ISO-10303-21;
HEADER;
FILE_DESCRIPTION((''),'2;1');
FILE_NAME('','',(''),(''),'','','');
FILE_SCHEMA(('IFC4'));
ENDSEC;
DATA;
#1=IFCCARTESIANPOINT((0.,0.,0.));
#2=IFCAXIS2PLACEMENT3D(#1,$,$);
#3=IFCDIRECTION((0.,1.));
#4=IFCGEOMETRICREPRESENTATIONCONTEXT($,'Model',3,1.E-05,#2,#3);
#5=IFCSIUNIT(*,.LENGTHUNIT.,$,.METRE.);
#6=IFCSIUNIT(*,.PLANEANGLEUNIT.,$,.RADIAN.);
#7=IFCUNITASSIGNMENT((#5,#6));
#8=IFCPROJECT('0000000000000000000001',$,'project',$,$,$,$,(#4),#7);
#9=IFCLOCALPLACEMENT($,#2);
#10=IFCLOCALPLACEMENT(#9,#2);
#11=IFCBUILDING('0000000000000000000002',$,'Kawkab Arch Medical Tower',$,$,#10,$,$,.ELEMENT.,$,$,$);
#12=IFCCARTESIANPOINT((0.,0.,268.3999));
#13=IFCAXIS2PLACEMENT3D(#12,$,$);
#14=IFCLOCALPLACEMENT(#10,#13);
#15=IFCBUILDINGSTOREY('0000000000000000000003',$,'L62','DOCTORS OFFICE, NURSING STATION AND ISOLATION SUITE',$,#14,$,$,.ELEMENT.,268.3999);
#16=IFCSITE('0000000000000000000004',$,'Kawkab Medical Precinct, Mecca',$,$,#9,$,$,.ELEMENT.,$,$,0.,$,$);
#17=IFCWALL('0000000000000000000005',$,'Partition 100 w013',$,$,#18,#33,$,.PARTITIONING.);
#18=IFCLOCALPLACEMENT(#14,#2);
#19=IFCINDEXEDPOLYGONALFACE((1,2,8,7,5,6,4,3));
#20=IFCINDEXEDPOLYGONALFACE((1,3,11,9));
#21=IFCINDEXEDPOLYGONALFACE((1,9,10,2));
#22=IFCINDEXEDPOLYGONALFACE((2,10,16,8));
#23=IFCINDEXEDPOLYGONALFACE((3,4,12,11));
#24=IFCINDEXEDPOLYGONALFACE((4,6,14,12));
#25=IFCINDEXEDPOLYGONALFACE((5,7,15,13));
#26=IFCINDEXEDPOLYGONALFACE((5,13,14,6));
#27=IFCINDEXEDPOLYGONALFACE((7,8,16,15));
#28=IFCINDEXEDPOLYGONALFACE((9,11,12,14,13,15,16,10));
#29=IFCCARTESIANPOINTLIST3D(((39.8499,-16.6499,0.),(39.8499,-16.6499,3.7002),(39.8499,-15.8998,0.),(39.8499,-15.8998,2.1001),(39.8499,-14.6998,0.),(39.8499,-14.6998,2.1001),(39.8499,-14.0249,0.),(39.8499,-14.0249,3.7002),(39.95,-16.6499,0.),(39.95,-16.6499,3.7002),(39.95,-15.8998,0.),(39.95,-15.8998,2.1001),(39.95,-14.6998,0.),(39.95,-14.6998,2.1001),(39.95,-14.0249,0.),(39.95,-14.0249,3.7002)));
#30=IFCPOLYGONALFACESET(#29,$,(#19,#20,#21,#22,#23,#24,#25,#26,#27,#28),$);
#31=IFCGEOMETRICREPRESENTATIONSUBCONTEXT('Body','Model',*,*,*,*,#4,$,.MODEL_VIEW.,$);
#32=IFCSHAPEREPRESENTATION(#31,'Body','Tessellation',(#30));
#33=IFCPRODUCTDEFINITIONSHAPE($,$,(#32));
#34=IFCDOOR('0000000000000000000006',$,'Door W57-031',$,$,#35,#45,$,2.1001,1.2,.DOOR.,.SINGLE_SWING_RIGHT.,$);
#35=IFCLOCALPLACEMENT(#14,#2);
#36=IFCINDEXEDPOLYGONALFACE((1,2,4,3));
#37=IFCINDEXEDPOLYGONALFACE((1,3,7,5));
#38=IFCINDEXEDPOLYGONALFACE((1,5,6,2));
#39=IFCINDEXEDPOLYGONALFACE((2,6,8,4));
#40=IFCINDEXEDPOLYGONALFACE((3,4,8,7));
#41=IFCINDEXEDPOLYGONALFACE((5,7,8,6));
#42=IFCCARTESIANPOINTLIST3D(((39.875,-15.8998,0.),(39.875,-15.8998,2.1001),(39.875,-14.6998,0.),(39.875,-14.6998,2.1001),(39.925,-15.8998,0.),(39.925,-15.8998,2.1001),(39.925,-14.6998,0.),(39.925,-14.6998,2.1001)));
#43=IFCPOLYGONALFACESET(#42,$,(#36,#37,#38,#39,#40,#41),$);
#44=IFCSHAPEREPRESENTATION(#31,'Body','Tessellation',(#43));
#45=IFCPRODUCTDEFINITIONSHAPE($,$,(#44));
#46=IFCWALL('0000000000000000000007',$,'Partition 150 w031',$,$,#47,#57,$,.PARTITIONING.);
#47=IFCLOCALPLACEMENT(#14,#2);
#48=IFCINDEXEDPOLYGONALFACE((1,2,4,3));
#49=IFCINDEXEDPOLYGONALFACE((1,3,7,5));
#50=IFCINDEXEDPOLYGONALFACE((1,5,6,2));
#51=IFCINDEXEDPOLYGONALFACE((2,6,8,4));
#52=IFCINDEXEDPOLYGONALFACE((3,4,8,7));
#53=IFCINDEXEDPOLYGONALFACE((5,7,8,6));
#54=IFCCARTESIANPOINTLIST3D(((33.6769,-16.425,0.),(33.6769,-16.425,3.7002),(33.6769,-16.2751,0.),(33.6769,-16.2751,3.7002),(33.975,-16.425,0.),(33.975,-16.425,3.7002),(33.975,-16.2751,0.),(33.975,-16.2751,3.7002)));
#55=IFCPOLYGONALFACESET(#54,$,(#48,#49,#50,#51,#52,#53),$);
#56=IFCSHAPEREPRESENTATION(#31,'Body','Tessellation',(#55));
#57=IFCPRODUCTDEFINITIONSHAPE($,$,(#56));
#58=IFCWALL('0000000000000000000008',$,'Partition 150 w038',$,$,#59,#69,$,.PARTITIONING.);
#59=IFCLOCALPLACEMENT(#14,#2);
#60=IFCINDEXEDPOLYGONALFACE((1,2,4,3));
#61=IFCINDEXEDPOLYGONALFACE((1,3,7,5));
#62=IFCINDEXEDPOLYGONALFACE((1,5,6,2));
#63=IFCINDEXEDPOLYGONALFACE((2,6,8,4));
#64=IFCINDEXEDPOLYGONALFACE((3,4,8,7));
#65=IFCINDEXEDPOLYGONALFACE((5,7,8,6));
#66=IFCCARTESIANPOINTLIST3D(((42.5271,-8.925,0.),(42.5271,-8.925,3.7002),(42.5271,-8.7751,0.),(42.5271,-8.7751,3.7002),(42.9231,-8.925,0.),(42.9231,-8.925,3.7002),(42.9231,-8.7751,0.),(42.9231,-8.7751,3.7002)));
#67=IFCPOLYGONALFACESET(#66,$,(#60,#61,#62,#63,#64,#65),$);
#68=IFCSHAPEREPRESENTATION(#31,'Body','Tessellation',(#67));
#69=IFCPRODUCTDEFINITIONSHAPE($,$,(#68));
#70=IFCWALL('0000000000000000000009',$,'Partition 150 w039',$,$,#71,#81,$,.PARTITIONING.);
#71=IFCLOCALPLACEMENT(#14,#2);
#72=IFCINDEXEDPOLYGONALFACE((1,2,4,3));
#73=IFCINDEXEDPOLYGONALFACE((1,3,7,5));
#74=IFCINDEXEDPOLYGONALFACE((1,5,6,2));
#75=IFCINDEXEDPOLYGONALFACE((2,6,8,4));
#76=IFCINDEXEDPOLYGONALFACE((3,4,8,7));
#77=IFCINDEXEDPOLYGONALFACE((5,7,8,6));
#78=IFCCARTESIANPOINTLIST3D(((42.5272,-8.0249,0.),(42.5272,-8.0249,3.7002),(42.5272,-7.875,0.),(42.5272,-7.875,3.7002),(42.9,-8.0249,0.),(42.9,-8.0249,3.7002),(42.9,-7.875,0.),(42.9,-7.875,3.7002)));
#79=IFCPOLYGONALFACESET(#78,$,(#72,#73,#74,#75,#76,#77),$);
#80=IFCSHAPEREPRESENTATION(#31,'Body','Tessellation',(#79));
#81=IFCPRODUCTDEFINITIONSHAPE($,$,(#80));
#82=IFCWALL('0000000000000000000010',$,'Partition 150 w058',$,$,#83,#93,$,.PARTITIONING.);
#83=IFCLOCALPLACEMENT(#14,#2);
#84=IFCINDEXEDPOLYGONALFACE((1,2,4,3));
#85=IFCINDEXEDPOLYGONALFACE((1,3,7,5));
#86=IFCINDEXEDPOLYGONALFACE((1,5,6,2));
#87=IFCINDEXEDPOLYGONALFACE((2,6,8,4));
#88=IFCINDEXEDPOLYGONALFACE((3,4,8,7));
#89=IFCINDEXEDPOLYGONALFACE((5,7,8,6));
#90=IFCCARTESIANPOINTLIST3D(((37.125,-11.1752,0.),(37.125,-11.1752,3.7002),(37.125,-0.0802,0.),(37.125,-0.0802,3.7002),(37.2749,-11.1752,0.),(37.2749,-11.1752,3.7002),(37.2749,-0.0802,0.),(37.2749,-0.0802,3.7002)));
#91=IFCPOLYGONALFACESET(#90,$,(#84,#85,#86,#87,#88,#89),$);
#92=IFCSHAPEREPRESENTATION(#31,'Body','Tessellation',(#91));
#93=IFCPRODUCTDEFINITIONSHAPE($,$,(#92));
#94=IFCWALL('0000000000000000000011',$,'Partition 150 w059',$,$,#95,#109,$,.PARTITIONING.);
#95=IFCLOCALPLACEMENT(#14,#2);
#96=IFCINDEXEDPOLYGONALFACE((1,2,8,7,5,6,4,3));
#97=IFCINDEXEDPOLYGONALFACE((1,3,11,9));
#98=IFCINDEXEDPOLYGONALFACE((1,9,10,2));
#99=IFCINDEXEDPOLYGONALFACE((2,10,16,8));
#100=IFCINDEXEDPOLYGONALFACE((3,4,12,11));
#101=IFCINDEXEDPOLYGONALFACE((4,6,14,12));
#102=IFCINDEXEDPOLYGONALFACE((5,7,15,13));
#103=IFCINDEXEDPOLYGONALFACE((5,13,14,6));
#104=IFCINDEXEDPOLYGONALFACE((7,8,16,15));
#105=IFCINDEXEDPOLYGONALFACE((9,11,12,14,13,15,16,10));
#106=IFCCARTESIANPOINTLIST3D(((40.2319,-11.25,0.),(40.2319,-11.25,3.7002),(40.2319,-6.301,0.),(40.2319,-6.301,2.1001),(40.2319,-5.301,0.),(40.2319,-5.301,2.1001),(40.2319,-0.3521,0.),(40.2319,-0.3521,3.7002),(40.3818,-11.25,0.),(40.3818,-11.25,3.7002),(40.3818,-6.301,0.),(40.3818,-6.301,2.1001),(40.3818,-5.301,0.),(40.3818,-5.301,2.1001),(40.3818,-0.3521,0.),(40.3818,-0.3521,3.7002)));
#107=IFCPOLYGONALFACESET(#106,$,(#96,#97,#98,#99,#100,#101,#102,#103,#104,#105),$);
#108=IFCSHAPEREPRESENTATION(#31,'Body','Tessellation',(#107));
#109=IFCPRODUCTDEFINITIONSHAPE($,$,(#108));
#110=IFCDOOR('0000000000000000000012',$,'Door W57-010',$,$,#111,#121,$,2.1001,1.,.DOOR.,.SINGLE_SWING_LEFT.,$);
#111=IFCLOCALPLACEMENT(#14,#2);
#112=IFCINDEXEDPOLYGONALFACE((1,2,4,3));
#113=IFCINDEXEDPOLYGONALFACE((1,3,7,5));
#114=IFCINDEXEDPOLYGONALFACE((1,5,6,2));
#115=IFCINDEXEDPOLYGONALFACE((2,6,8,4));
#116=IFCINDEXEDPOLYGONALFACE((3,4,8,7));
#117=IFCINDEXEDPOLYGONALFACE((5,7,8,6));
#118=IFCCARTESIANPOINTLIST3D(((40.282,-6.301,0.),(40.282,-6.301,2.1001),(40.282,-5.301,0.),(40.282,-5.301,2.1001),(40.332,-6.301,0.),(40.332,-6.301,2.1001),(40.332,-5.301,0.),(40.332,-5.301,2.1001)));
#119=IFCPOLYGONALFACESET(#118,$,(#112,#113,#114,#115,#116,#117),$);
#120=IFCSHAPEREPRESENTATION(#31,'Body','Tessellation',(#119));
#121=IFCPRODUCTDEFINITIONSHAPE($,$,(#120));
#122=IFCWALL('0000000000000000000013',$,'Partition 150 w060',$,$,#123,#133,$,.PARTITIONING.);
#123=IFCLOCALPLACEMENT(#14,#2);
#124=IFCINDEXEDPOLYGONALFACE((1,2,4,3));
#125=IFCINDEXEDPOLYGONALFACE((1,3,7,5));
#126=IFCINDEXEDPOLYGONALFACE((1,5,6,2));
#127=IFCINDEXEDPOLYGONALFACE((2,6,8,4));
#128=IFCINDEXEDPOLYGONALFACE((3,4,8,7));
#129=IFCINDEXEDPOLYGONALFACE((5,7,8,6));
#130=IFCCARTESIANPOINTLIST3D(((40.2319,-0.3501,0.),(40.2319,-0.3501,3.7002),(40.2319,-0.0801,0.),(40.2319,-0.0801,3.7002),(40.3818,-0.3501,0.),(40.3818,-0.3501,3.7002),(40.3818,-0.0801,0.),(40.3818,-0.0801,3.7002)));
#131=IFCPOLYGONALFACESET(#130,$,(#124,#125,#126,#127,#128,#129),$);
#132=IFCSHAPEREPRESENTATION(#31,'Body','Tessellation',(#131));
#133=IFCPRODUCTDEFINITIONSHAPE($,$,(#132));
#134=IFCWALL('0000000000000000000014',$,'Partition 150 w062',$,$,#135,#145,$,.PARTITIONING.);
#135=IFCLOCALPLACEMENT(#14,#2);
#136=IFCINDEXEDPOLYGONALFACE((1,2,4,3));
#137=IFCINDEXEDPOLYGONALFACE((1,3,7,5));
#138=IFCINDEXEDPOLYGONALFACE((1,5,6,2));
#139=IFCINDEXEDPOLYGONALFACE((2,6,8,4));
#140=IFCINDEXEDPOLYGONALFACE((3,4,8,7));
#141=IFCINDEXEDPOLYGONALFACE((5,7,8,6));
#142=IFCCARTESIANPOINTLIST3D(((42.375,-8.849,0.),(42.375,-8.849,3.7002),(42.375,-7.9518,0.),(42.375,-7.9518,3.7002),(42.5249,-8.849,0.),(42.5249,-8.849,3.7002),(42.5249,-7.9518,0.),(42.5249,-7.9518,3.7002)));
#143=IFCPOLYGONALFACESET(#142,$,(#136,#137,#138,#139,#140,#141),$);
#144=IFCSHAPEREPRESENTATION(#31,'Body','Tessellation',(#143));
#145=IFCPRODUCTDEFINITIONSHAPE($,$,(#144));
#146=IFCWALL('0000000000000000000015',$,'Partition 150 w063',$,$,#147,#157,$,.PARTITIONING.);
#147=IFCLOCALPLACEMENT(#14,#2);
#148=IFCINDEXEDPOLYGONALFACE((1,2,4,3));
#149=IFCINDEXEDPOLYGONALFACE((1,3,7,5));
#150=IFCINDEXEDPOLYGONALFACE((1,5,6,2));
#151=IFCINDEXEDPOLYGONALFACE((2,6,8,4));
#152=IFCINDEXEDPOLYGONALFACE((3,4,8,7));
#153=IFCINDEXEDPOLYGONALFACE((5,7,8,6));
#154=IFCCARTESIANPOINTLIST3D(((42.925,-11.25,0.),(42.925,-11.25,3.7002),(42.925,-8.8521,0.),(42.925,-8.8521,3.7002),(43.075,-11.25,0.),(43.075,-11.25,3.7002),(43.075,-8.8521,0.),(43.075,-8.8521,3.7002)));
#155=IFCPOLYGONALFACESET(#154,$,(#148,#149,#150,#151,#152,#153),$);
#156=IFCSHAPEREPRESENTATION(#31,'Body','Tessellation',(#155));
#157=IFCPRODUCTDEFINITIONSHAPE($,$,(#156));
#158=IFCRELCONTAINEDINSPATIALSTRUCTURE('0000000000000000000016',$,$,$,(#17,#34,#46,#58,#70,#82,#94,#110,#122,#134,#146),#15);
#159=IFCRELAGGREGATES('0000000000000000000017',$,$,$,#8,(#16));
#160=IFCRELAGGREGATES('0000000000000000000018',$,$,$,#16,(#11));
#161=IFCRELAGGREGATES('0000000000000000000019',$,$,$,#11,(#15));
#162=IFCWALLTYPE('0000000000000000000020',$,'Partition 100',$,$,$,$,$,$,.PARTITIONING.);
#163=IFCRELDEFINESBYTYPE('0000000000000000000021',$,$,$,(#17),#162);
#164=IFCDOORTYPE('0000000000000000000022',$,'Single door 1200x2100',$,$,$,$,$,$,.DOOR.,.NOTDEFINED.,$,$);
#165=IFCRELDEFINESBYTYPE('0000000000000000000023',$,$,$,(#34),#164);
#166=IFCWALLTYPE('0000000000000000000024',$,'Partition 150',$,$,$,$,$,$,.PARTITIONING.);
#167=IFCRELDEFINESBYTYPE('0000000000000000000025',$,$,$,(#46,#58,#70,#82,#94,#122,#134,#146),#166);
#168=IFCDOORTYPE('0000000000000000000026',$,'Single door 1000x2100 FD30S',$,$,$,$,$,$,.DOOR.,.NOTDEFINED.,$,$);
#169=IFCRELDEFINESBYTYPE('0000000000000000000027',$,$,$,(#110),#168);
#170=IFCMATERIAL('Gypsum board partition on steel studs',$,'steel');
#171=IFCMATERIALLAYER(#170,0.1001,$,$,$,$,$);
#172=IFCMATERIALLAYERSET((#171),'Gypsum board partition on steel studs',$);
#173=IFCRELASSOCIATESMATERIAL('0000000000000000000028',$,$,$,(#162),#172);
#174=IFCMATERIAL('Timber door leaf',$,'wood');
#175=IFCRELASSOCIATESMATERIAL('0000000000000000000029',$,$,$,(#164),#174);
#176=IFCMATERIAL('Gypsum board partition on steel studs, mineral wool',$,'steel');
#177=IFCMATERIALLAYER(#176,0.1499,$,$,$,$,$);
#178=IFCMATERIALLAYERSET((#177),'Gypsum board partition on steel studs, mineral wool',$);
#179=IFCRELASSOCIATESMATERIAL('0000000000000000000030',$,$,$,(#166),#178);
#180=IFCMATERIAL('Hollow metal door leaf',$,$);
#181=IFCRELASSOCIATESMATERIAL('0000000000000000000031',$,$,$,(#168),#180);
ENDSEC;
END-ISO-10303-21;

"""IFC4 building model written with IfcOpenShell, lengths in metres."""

from ifc_helpers import new_model, si_unit, direction, frame, frame_2d, origin, place, context, subcontext, project, spatial, rectangle, extrude, material, layer, layer_set, type_object, element, fill, save


model = new_model("IFC4")

# Units and contexts
model_context = context("Model", 3, precision=1e-05, world=origin(), true_north=direction((0.0, 1.0)))
body_context = subcontext(model_context, "Body", "Model", "MODEL_VIEW")
ifc_project = project(units=[si_unit("LENGTHUNIT", "METRE"), si_unit("PLANEANGLEUNIT", "RADIAN")], contexts=[model_context])

# Site, building, storey
site_placement = place(None, origin())
site = spatial("IfcSite", under=ifc_project, at=site_placement, Name="Kawkab Medical Precinct, Mecca", CompositionType="ELEMENT", RefElevation=0.0)
building_placement = place(site_placement, origin())
building = spatial("IfcBuilding", under=site, at=building_placement, Name="Kawkab Arch Medical Tower", CompositionType="ELEMENT")
storey_placement = place(building_placement, frame((0.0, 0.0, 268.3999)))
storey = spatial("IfcBuildingStorey", under=building, at=storey_placement, Name="L62", Description="DOCTORS OFFICE, NURSING STATION AND ISOLATION SUITE", CompositionType="ELEMENT", Elevation=268.3999)

# Shared definitions
ifc_material_1 = material(Name="Gypsum board partition on steel studs", Category="steel")
ifc_layer_1 = layer(ifc_material_1, 0.1001)
ifc_layer_set_1 = layer_set([ifc_layer_1], Name="Gypsum board partition on steel studs")
wall_type_1 = type_object("IfcWallType", Name="Partition 100", PredefinedType="PARTITIONING", material=ifc_layer_set_1)

# Shared definitions
ifc_material_2 = material(Name="Timber door leaf", Category="wood")
door_type_1 = type_object("IfcDoorType", Name="Single door 1200x2100", OperationType="NOTDEFINED", PredefinedType="DOOR", material=ifc_material_2)

# Wall, opening, door
wall_1_placement = place(storey_placement, frame((39.8999, -16.6499, 0.0), z_axis=(0.0, 0.0, 1.0), x_axis=(0.0, 1.0, 0.0)))
wall_1 = element("IfcWall", 1, at=wall_1_placement, inside=storey, type_object=wall_type_1, Name="Partition 100 w013", PredefinedType="PARTITIONING", context=body_context, shape_type="SweptSolid", body=[
    extrude(rectangle(XDim=2.625, YDim=0.1001, at=frame_2d((1.3125, 0.0))), origin(), (0.0, 0.0, 1.0), 3.7002),
])
opening_1_placement = place(wall_1_placement, frame((0.75, 0.0, 0.0)))
opening_1 = element("IfcOpeningElement", 2, at=opening_1_placement, cuts=wall_1, PredefinedType="OPENING", context=body_context, shape_type="SweptSolid", body=[
    extrude(rectangle(XDim=1.2, YDim=2.1001, at=frame_2d((0.6001, 1.05))), frame((0.0, 0.0601, 0.0), z_axis=(0.0, -1.0, 0.0), x_axis=(1.0, 0.0, 0.0)), (0.0, 0.0, 1.0), 0.1201),
])
door_1_placement = place(opening_1_placement, origin())
door_1 = element("IfcDoor", 3, at=door_1_placement, inside=storey, type_object=door_type_1, Name="Door W57-031", OperationType="SINGLE_SWING_RIGHT", OverallHeight=2.1001, OverallWidth=1.2, PredefinedType="DOOR", context=body_context, shape_type="SweptSolid", body=[
    extrude(rectangle(XDim=1.2, YDim=2.1001, at=frame_2d((0.6001, 1.05))), frame((0.0, 0.0249, 0.0), z_axis=(0.0, -1.0, 0.0), x_axis=(1.0, 0.0, 0.0)), (0.0, 0.0, 1.0), 0.05),
])
fill(opening_1, door_1)

# Walls
ifc_material_3 = material(Name="Gypsum board partition on steel studs, mineral wool", Category="steel")
ifc_layer_2 = layer(ifc_material_3, 0.1499)
ifc_layer_set_2 = layer_set([ifc_layer_2], Name="Gypsum board partition on steel studs, mineral wool")
wall_type_2 = type_object("IfcWallType", Name="Partition 150", PredefinedType="PARTITIONING", material=ifc_layer_set_2)
wall_2_placement = place(storey_placement, frame((33.677, -16.3501, 0.0), z_axis=(0.0, 0.0, 1.0), x_axis=(1.0, 0.0, 0.0)))
element("IfcWall", 4, at=wall_2_placement, inside=storey, type_object=wall_type_2, Name="Partition 150 w031", PredefinedType="PARTITIONING", context=body_context, shape_type="SweptSolid", body=[
    extrude(rectangle(XDim=0.2981, YDim=0.1499, at=frame_2d((0.1489, 0.0))), origin(), (0.0, 0.0, 1.0), 3.7002),
])
wall_3_placement = place(storey_placement, frame((42.5271, -8.8501, 0.0), z_axis=(0.0, 0.0, 1.0), x_axis=(1.0, 0.0, 0.0)))
element("IfcWall", 5, at=wall_3_placement, inside=storey, type_object=wall_type_2, Name="Partition 150 w038", PredefinedType="PARTITIONING", context=body_context, shape_type="SweptSolid", body=[
    extrude(rectangle(XDim=0.396, YDim=0.1499, at=frame_2d((0.198, 0.0))), origin(), (0.0, 0.0, 1.0), 3.7002),
])
wall_4_placement = place(storey_placement, frame((42.5271, -7.95, 0.0), z_axis=(0.0, 0.0, 1.0), x_axis=(1.0, 0.0, 0.0)))
element("IfcWall", 6, at=wall_4_placement, inside=storey, type_object=wall_type_2, Name="Partition 150 w039", PredefinedType="PARTITIONING", context=body_context, shape_type="SweptSolid", body=[
    extrude(rectangle(XDim=0.3728, YDim=0.1499, at=frame_2d((0.1865, 0.0))), origin(), (0.0, 0.0, 1.0), 3.7002),
])
wall_5_placement = place(storey_placement, frame((37.2, -11.175, 0.0), z_axis=(0.0, 0.0, 1.0), x_axis=(0.0, 1.0, 0.0)))
element("IfcWall", 7, at=wall_5_placement, inside=storey, type_object=wall_type_2, Name="Partition 150 w058", PredefinedType="PARTITIONING", context=body_context, shape_type="SweptSolid", body=[
    extrude(rectangle(XDim=11.095, YDim=0.1499, at=frame_2d((5.5474, 0.0))), origin(), (0.0, 0.0, 1.0), 3.7002),
])

# Wall, opening, door
wall_6_placement = place(storey_placement, frame((40.3069, -11.25, 0.0), z_axis=(0.0, 0.0, 1.0), x_axis=(0.0, 1.0, 0.0)))
wall_6 = element("IfcWall", 8, at=wall_6_placement, inside=storey, type_object=wall_type_2, Name="Partition 150 w059", PredefinedType="PARTITIONING", context=body_context, shape_type="SweptSolid", body=[
    extrude(rectangle(XDim=10.8979, YDim=0.1499, at=frame_2d((5.449, 0.0))), origin(), (0.0, 0.0, 1.0), 3.7002),
])
opening_2_placement = place(wall_6_placement, frame((4.949, 0.0, 0.0)))
opening_2 = element("IfcOpeningElement", 9, at=opening_2_placement, cuts=wall_6, PredefinedType="OPENING", context=body_context, shape_type="SweptSolid", body=[
    extrude(rectangle(XDim=1.0, YDim=2.1001, at=frame_2d((0.5, 1.05))), frame((0.0, 0.085, 0.0), z_axis=(0.0, -1.0, 0.0), x_axis=(1.0, 0.0, 0.0)), (0.0, 0.0, 1.0), 0.1699),
])
ifc_material_4 = material(Name="Hollow metal door leaf")
door_type_2 = type_object("IfcDoorType", Name="Single door 1000x2100 FD30S", OperationType="NOTDEFINED", PredefinedType="DOOR", material=ifc_material_4)
door_2_placement = place(opening_2_placement, origin())
door_2 = element("IfcDoor", 10, at=door_2_placement, inside=storey, type_object=door_type_2, Name="Door W57-010", OperationType="SINGLE_SWING_LEFT", OverallHeight=2.1001, OverallWidth=1.0, PredefinedType="DOOR", context=body_context, shape_type="SweptSolid", body=[
    extrude(rectangle(XDim=1.0, YDim=2.1001, at=frame_2d((0.5, 1.05))), frame((0.0, 0.0249, 0.0), z_axis=(0.0, -1.0, 0.0), x_axis=(1.0, 0.0, 0.0)), (0.0, 0.0, 1.0), 0.05),
])
fill(opening_2, door_2)

# Walls
wall_7_placement = place(storey_placement, frame((40.3069, -0.3501, 0.0), z_axis=(0.0, 0.0, 1.0), x_axis=(0.0, 1.0, 0.0)))
element("IfcWall", 11, at=wall_7_placement, inside=storey, type_object=wall_type_2, Name="Partition 150 w060", PredefinedType="PARTITIONING", context=body_context, shape_type="SweptSolid", body=[
    extrude(rectangle(XDim=0.27, YDim=0.1499, at=frame_2d((0.135, 0.0))), origin(), (0.0, 0.0, 1.0), 3.7002),
])
wall_8_placement = place(storey_placement, frame((42.45, -8.8491, 0.0), z_axis=(0.0, 0.0, 1.0), x_axis=(0.0, 1.0, 0.0)))
element("IfcWall", 12, at=wall_8_placement, inside=storey, type_object=wall_type_2, Name="Partition 150 w062", PredefinedType="PARTITIONING", context=body_context, shape_type="SweptSolid", body=[
    extrude(rectangle(XDim=0.8972, YDim=0.1499, at=frame_2d((0.4487, 0.0))), origin(), (0.0, 0.0, 1.0), 3.7002),
])
wall_9_placement = place(storey_placement, frame((43.0, -11.25, 0.0), z_axis=(0.0, 0.0, 1.0), x_axis=(0.0, 1.0, 0.0)))
element("IfcWall", 13, at=wall_9_placement, inside=storey, type_object=wall_type_2, Name="Partition 150 w063", PredefinedType="PARTITIONING", context=body_context, shape_type="SweptSolid", body=[
    extrude(rectangle(XDim=2.3979, YDim=0.1499, at=frame_2d((1.199, 0.0))), origin(), (0.0, 0.0, 1.0), 3.7002),
])

save(model, "model.ifc")
